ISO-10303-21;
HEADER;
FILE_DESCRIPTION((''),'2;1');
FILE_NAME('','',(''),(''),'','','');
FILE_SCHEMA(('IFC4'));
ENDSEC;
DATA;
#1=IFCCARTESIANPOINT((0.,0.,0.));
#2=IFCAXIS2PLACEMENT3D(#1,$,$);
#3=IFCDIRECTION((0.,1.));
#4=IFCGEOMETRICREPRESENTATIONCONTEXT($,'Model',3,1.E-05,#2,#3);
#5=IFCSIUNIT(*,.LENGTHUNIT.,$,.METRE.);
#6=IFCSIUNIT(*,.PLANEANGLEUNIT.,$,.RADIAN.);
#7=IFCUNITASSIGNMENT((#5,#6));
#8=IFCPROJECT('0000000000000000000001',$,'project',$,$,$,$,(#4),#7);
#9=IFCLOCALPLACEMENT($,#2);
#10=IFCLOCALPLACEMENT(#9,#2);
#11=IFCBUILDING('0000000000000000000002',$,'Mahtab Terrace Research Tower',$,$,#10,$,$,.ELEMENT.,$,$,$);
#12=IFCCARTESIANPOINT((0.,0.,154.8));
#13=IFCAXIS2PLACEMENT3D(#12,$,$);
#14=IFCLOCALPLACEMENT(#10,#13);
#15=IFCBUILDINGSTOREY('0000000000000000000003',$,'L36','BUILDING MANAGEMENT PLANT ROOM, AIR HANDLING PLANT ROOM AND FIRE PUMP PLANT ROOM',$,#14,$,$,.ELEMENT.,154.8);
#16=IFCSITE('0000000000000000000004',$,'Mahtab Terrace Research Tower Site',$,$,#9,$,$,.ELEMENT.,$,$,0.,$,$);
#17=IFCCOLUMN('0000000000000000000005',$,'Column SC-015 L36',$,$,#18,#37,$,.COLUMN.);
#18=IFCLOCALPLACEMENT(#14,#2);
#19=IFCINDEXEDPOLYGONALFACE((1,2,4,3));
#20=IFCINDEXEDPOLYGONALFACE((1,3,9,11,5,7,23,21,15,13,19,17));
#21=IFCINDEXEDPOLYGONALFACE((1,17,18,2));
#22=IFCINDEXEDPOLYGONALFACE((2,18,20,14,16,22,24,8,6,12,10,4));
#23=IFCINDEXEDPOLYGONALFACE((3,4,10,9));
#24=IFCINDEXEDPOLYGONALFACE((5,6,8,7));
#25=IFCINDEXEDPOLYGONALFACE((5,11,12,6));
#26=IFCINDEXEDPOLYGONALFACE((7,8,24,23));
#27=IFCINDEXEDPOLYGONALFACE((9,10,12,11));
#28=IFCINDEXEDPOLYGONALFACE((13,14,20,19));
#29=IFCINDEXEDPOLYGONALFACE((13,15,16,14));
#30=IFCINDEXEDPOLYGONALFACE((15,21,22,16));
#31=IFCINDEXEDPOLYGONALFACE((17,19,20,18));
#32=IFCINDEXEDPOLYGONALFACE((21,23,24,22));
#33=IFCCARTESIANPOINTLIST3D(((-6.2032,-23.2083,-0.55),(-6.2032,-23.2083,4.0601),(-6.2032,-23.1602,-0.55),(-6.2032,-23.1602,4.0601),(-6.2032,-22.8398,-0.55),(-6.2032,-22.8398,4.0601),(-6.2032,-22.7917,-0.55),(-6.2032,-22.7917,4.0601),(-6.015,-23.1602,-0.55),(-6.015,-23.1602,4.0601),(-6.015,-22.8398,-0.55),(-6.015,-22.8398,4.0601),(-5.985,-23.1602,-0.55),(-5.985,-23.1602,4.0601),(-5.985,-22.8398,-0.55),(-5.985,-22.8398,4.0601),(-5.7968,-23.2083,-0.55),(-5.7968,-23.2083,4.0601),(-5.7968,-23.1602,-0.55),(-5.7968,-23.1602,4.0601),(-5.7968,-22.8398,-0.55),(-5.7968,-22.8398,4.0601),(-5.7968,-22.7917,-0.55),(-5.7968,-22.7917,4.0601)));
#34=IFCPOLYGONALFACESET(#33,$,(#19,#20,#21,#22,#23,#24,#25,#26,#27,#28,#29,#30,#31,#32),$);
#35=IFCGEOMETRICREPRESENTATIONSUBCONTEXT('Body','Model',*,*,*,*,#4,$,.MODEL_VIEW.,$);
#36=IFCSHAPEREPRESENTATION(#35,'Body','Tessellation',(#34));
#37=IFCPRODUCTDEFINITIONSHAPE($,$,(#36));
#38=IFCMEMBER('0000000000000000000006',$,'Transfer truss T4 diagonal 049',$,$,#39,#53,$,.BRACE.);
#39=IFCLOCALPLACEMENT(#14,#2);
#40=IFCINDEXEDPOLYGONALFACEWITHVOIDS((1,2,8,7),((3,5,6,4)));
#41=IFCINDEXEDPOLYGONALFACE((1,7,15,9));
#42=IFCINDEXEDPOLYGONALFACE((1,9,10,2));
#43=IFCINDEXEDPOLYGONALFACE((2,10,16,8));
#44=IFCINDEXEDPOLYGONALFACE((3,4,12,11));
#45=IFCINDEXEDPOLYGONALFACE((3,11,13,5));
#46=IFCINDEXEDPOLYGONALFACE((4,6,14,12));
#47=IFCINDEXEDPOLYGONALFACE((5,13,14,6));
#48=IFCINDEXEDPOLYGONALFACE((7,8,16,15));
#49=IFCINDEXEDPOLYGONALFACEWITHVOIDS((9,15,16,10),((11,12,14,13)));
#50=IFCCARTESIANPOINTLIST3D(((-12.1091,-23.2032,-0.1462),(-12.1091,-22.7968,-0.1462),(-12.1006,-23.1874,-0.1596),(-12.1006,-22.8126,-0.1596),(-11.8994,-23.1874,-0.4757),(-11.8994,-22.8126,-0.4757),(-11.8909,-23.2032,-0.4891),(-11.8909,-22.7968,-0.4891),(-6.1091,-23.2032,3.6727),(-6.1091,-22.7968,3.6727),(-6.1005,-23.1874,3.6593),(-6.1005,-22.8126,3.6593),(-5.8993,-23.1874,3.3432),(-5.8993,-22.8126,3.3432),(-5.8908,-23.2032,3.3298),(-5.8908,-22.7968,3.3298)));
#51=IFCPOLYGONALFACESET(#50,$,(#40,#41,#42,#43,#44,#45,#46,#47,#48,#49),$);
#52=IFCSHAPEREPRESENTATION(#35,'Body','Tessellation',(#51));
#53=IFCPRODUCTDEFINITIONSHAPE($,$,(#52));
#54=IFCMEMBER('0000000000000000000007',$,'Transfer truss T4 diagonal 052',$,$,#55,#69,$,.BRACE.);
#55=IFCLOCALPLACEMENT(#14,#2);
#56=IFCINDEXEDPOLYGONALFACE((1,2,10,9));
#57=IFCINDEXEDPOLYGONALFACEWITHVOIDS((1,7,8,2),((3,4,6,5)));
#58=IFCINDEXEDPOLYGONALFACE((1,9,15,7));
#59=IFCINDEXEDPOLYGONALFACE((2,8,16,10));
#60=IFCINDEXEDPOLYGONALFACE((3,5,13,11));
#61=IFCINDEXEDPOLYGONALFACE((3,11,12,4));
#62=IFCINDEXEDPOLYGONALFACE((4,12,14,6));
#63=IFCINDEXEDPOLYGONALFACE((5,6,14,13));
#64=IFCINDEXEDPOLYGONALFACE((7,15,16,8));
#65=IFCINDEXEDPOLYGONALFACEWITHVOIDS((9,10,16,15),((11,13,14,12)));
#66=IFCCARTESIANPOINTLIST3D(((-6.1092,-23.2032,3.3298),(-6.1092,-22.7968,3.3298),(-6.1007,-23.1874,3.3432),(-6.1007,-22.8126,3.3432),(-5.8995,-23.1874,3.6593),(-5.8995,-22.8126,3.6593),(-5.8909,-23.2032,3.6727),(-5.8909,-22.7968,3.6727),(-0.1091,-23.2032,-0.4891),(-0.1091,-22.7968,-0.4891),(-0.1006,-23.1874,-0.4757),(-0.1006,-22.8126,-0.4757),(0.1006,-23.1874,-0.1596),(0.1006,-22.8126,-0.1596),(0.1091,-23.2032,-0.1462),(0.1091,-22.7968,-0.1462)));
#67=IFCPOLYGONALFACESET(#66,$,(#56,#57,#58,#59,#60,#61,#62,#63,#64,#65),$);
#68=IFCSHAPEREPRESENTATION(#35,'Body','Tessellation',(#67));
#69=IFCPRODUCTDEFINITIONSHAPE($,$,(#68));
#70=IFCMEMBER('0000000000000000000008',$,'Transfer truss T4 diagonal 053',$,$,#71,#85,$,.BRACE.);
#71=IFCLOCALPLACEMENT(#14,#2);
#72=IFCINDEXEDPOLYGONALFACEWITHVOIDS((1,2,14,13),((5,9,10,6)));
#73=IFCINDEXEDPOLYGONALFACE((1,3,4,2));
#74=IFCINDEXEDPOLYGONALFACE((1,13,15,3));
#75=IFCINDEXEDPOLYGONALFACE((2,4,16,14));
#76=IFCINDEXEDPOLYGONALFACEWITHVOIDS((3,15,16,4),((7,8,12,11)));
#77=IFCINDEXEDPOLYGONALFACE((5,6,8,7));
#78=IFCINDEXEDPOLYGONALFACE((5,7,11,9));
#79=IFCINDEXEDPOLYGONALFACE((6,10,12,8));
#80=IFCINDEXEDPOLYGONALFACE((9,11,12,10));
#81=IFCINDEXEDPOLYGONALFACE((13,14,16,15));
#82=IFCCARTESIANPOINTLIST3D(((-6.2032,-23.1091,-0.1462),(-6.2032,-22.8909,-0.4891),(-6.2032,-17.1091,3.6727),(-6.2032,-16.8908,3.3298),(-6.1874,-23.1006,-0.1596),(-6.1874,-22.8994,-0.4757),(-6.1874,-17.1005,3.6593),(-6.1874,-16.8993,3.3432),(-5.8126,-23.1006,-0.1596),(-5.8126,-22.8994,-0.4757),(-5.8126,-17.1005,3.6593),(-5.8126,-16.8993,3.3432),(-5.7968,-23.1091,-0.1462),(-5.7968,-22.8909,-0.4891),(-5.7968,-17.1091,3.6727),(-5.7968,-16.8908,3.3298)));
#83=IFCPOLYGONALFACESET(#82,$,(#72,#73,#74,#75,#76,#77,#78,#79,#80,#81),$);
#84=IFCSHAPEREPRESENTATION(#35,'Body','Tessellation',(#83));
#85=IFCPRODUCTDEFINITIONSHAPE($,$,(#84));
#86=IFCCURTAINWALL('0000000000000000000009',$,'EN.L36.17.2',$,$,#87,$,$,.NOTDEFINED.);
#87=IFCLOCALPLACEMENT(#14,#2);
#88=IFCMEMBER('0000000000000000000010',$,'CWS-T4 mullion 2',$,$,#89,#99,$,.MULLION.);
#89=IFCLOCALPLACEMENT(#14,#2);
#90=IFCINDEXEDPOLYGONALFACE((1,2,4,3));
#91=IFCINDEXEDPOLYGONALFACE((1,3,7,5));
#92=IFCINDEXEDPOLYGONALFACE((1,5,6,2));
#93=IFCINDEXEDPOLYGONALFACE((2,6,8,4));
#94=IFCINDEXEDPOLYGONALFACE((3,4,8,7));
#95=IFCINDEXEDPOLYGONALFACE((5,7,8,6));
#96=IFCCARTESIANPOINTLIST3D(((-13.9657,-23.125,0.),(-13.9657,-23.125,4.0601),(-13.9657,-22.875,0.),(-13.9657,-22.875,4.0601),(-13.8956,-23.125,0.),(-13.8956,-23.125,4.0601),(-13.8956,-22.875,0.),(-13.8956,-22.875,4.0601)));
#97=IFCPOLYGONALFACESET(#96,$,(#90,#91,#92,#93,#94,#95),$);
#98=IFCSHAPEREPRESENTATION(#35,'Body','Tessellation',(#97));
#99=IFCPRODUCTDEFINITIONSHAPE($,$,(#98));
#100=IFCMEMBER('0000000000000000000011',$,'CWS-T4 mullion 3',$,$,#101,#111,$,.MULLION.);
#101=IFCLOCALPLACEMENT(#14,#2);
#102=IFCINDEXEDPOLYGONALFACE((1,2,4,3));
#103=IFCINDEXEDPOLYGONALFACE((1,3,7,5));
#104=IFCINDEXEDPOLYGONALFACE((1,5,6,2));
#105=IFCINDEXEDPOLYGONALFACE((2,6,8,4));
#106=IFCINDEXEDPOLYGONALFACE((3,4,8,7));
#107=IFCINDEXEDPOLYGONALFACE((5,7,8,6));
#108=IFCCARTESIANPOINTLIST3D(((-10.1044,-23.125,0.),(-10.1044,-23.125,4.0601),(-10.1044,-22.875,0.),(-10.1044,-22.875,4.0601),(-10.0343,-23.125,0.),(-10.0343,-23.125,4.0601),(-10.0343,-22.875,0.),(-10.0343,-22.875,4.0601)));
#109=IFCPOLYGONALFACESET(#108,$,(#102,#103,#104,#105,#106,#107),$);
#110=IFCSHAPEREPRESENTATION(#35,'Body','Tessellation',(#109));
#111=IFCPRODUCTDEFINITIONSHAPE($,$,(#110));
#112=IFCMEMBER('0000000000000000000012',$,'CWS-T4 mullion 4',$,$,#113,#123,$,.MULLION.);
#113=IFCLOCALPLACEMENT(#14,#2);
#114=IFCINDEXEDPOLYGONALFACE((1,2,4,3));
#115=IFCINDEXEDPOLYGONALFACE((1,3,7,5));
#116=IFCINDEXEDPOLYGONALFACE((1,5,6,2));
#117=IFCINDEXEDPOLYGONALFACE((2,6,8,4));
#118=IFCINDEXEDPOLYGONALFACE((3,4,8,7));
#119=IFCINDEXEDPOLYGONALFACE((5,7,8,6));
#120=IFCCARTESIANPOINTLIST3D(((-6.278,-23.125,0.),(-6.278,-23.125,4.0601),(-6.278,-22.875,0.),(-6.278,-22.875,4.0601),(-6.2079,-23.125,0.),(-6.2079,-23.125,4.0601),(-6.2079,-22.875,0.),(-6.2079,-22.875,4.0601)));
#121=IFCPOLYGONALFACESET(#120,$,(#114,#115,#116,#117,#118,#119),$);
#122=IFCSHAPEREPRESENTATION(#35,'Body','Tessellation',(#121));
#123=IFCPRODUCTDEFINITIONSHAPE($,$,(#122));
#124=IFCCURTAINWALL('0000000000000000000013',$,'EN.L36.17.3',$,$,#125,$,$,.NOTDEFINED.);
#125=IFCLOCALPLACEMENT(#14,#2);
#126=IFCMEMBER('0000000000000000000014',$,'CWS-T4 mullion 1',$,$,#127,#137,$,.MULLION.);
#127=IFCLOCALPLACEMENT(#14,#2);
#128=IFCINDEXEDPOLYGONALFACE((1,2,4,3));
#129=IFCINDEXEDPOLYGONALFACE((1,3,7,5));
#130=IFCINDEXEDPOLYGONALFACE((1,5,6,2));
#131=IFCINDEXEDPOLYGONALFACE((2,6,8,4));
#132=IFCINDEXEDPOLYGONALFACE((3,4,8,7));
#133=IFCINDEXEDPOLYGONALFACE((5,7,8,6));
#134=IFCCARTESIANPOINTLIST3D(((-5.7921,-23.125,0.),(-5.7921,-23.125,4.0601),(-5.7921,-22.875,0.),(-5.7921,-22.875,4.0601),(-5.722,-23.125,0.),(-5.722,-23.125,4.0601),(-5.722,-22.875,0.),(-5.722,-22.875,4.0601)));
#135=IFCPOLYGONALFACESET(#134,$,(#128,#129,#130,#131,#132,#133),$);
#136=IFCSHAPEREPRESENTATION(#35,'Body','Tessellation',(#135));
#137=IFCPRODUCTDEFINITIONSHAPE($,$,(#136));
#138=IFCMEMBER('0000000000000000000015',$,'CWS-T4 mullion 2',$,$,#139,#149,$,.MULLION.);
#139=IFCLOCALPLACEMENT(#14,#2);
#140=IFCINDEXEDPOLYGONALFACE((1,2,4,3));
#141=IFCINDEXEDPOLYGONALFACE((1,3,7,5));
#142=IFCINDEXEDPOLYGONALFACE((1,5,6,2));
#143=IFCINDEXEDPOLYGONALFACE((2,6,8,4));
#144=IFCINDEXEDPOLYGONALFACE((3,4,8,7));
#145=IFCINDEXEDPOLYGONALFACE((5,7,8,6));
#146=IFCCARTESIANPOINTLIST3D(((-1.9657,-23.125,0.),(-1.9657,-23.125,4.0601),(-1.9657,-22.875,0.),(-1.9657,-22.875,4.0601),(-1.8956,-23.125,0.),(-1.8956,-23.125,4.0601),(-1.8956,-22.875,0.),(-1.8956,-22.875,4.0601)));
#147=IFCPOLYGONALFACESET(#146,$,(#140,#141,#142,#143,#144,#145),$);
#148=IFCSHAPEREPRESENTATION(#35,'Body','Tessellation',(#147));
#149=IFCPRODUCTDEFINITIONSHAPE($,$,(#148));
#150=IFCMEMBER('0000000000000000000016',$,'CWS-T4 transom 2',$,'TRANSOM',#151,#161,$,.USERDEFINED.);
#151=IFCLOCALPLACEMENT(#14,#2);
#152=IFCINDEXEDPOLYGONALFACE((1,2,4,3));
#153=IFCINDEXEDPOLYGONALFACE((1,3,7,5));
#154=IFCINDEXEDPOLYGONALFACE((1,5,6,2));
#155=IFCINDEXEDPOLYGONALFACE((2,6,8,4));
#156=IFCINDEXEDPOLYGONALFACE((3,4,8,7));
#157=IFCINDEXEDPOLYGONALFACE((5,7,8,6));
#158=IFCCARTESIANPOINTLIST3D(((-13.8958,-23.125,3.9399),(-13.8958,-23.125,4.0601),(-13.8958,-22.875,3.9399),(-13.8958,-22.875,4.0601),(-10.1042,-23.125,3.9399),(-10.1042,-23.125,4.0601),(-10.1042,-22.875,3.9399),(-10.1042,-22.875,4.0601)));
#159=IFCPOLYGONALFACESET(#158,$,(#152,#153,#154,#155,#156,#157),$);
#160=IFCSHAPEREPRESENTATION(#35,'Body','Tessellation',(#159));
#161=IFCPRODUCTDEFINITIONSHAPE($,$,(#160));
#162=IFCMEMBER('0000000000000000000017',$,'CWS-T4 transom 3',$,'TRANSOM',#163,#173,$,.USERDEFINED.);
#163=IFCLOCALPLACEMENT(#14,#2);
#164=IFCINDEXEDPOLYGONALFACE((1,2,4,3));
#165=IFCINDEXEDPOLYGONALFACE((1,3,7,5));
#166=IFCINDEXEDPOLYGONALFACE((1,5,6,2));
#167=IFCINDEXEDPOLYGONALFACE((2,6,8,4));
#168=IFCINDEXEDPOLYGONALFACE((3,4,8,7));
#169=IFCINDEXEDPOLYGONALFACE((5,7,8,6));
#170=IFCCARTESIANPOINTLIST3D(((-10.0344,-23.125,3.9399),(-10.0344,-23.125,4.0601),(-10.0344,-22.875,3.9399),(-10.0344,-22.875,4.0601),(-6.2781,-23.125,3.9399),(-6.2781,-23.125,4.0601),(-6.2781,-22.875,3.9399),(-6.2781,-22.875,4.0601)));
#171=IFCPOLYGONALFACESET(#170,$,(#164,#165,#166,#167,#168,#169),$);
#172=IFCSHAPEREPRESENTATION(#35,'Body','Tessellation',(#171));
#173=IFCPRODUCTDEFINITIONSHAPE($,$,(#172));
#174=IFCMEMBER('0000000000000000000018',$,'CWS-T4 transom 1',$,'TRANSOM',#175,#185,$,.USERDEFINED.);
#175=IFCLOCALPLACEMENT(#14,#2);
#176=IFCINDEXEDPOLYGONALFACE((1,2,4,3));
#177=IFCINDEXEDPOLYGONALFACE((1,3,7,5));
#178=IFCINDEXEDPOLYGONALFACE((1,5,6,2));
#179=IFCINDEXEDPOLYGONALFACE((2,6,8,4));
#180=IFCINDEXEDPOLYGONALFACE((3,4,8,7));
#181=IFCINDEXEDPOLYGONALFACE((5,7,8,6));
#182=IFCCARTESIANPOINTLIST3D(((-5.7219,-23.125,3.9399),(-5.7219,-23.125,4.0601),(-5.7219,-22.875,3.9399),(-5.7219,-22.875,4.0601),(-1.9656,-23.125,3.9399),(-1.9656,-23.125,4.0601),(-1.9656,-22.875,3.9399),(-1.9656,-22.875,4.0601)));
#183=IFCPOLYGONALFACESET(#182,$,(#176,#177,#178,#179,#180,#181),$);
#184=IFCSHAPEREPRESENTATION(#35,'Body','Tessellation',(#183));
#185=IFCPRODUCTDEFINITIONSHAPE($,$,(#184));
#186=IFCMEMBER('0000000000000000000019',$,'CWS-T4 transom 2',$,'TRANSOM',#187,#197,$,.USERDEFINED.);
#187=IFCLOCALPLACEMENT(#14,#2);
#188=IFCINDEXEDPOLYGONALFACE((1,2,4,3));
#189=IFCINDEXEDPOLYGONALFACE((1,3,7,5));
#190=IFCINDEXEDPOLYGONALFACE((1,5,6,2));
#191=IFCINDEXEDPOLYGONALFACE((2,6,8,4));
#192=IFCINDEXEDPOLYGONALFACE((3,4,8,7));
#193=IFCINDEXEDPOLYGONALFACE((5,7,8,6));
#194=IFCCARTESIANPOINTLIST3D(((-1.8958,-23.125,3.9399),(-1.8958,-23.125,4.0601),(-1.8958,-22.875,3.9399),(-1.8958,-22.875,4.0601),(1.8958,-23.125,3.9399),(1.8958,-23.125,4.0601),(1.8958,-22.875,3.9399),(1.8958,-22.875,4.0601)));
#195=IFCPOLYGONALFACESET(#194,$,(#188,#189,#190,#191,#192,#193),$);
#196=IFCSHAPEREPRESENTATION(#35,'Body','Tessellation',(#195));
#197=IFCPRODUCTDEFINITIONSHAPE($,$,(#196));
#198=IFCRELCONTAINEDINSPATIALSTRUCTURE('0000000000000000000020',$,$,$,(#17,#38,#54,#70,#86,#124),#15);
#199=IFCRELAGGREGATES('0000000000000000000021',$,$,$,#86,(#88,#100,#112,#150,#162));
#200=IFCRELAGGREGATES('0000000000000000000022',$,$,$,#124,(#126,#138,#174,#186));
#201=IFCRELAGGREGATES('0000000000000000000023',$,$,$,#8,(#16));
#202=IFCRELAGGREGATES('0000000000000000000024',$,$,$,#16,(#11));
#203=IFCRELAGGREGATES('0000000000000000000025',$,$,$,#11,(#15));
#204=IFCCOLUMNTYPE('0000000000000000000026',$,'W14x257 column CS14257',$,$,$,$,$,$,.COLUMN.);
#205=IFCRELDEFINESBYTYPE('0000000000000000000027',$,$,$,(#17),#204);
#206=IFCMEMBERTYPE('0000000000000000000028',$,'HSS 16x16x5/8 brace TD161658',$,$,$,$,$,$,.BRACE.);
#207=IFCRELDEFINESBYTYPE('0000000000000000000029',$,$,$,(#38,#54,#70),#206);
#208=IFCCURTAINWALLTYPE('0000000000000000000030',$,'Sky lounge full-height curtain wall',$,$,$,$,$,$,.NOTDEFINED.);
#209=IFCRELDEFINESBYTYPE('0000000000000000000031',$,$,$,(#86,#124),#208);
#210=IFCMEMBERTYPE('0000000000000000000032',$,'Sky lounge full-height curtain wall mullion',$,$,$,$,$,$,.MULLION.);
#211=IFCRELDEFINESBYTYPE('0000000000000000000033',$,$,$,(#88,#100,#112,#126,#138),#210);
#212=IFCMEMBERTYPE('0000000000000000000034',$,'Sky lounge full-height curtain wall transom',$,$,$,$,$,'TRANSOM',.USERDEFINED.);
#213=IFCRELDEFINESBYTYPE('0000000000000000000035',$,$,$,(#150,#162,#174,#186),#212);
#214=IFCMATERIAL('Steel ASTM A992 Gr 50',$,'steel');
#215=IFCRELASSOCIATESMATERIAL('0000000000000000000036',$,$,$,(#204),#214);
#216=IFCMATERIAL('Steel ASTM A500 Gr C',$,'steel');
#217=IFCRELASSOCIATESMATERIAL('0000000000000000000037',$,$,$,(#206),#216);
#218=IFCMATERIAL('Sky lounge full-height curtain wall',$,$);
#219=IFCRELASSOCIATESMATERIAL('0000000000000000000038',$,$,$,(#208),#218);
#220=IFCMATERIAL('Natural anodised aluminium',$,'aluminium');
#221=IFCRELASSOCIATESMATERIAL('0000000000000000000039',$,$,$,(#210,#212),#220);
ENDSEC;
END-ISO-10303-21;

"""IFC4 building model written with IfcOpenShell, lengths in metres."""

from ifc_helpers import new_model, si_unit, direction, frame, origin, origin_2d, place, context, subcontext, project, spatial, rectangle, hollow_rectangle, i_section, extrude, material, material_profile, profile_set, type_object, element, aggregate, save


model = new_model("IFC4")

# Units and contexts
model_context = context("Model", 3, precision=1e-05, world=origin(), true_north=direction((0.0, 1.0)))
body_context = subcontext(model_context, "Body", "Model", "MODEL_VIEW")
ifc_project = project(units=[si_unit("LENGTHUNIT", "METRE"), si_unit("PLANEANGLEUNIT", "RADIAN")], contexts=[model_context])

# Site, building, storey
site_placement = place(None, origin())
site = spatial("IfcSite", under=ifc_project, at=site_placement, Name="Mahtab Terrace Research Tower Site", CompositionType="ELEMENT", RefElevation=0.0)
building_placement = place(site_placement, origin())
building = spatial("IfcBuilding", under=site, at=building_placement, Name="Mahtab Terrace Research Tower", CompositionType="ELEMENT")
storey_placement = place(building_placement, frame((0.0, 0.0, 154.8)))
storey = spatial("IfcBuildingStorey", under=building, at=storey_placement, Name="L36", Description="BUILDING MANAGEMENT PLANT ROOM, AIR HANDLING PLANT ROOM AND FIRE PUMP PLANT ROOM", CompositionType="ELEMENT", Elevation=154.8)

# Column
ifc_material_1 = material(Name="Steel ASTM A992 Gr 50", Category="steel")
ifc_material_profile_1 = material_profile(ifc_material_1, i_section(OverallWidth=0.4065, OverallDepth=0.4165, WebThickness=0.03, FlangeThickness=0.0481, at=origin_2d()), Name="W14X257")
ifc_profile_set_1 = profile_set([ifc_material_profile_1], Name="Steel ASTM A992 Gr 50")
column_type = type_object("IfcColumnType", Name="W14x257 column CS14257", PredefinedType="COLUMN", material=ifc_profile_set_1)
column_placement = place(storey_placement, frame((-6.0, -23.0, -0.55), z_axis=(0.0, 0.0, 1.0), x_axis=(1.0, 0.0, 0.0)))
element("IfcColumn", 1, at=column_placement, inside=storey, type_object=column_type, Name="Column SC-015 L36", PredefinedType="COLUMN", context=body_context, shape_type="SweptSolid", body=[
    extrude(i_section(OverallWidth=0.4065, OverallDepth=0.4165, WebThickness=0.03, FlangeThickness=0.0481, at=origin_2d()), origin(), (0.0, 0.0, 1.0), 4.6101),
])

# Members
ifc_material_2 = material(Name="Steel ASTM A500 Gr C", Category="steel")
ifc_material_profile_2 = material_profile(ifc_material_2, hollow_rectangle(XDim=0.4065, YDim=0.4065, WallThickness=0.0159, at=origin_2d()), Name="HSS16X16X5/8")
ifc_profile_set_2 = profile_set([ifc_material_profile_2], Name="Steel ASTM A500 Gr C")
member_type_1 = type_object("IfcMemberType", Name="HSS 16x16x5/8 brace TD161658", PredefinedType="BRACE", material=ifc_profile_set_2)
for number, where, z_axis, x_axis, name in (
    (2, (-12.0, -23.0, -0.3176), (0.843619, 0.0, 0.536942), (0.0, 1.0, 0.0), "Transfer truss T4 diagonal 049"),
    (3, (0.0, -23.0, -0.3176), (-0.843619, 0.0, 0.536942), (0.0, -1.0, 0.0), "Transfer truss T4 diagonal 052"),
    (4, (-6.0, -23.0, -0.3176), (0.0, 0.843619, 0.536942), (-1.0, 0.0, 0.0), "Transfer truss T4 diagonal 053"),
):
    element("IfcMember", number, at=place(storey_placement, frame(where, z_axis=z_axis, x_axis=x_axis)), inside=storey, type_object=member_type_1, Name=name, PredefinedType="BRACE", context=body_context, shape_type="SweptSolid", body=[
        extrude(hollow_rectangle(XDim=0.4065, YDim=0.4065, WallThickness=0.0159, at=origin_2d()), origin(), (0.0, 0.0, 1.0), 7.1123),
    ])

# Curtain walls, members
ifc_material_3 = material(Name="Sky lounge full-height curtain wall")
curtain_wall_type = type_object("IfcCurtainWallType", Name="Sky lounge full-height curtain wall", PredefinedType="NOTDEFINED", material=ifc_material_3)
curtain_wall_1_placement = place(storey_placement, origin())
curtain_wall_1 = element("IfcCurtainWall", 5, at=curtain_wall_1_placement, inside=storey, type_object=curtain_wall_type, Name="EN.L36.17.2", PredefinedType="NOTDEFINED")
ifc_material_4 = material(Name="Natural anodised aluminium", Category="aluminium")
ifc_material_profile_3 = material_profile(ifc_material_4, rectangle(XDim=0.25, YDim=0.0701, at=origin_2d()), Name="MULLION 70x250")
ifc_profile_set_3 = profile_set([ifc_material_profile_3], Name="Natural anodised aluminium")
member_type_2 = type_object("IfcMemberType", Name="Sky lounge full-height curtain wall mullion", PredefinedType="MULLION", material=ifc_profile_set_3)
member_1_placement = place(storey_placement, frame((-13.9307, -23.0, 0.0), z_axis=(0.0, 0.0, 1.0), x_axis=(0.0, 1.0, 0.0)))
member_1 = element("IfcMember", 6, at=member_1_placement, type_object=member_type_2, Name="CWS-T4 mullion 2", PredefinedType="MULLION", context=body_context, shape_type="SweptSolid", body=[
    extrude(rectangle(XDim=0.25, YDim=0.0701, at=origin_2d()), origin(), (0.0, 0.0, 1.0), 4.0601),
])
member_2_placement = place(storey_placement, frame((-10.0693, -23.0, 0.0), z_axis=(0.0, 0.0, 1.0), x_axis=(0.0, 1.0, 0.0)))
member_2 = element("IfcMember", 7, at=member_2_placement, type_object=member_type_2, Name="CWS-T4 mullion 3", PredefinedType="MULLION", context=body_context, shape_type="SweptSolid", body=[
    extrude(rectangle(XDim=0.25, YDim=0.0701, at=origin_2d()), origin(), (0.0, 0.0, 1.0), 4.0601),
])
member_3_placement = place(storey_placement, frame((-6.2429, -23.0, 0.0), z_axis=(0.0, 0.0, 1.0), x_axis=(0.0, 1.0, 0.0)))
member_3 = element("IfcMember", 8, at=member_3_placement, type_object=member_type_2, Name="CWS-T4 mullion 4", PredefinedType="MULLION", context=body_context, shape_type="SweptSolid", body=[
    extrude(rectangle(XDim=0.25, YDim=0.0701, at=origin_2d()), origin(), (0.0, 0.0, 1.0), 4.0601),
])
curtain_wall_2_placement = place(storey_placement, origin())
curtain_wall_2 = element("IfcCurtainWall", 9, at=curtain_wall_2_placement, inside=storey, type_object=curtain_wall_type, Name="EN.L36.17.3", PredefinedType="NOTDEFINED")
member_4_placement = place(storey_placement, frame((-5.7571, -23.0, 0.0), z_axis=(0.0, 0.0, 1.0), x_axis=(0.0, 1.0, 0.0)))
member_4 = element("IfcMember", 10, at=member_4_placement, type_object=member_type_2, Name="CWS-T4 mullion 1", PredefinedType="MULLION", context=body_context, shape_type="SweptSolid", body=[
    extrude(rectangle(XDim=0.25, YDim=0.0701, at=origin_2d()), origin(), (0.0, 0.0, 1.0), 4.0601),
])
member_5_placement = place(storey_placement, frame((-1.9307, -23.0, 0.0), z_axis=(0.0, 0.0, 1.0), x_axis=(0.0, 1.0, 0.0)))
member_5 = element("IfcMember", 11, at=member_5_placement, type_object=member_type_2, Name="CWS-T4 mullion 2", PredefinedType="MULLION", context=body_context, shape_type="SweptSolid", body=[
    extrude(rectangle(XDim=0.25, YDim=0.0701, at=origin_2d()), origin(), (0.0, 0.0, 1.0), 4.0601),
])

# Members
ifc_material_profile_4 = material_profile(ifc_material_4, rectangle(XDim=0.25, YDim=0.1201, at=origin_2d()), Name="TRANSOM 120x250")
ifc_profile_set_4 = profile_set([ifc_material_profile_4], Name="Natural anodised aluminium")
member_type_3 = type_object("IfcMemberType", Name="Sky lounge full-height curtain wall transom", ElementType="TRANSOM", PredefinedType="USERDEFINED", material=ifc_profile_set_4)
member_6_placement = place(storey_placement, frame((-13.8958, -23.0, 4.0), z_axis=(1.0, 0.0, 0.0), x_axis=(0.0, 1.0, 0.0)))
member_6 = element("IfcMember", 12, at=member_6_placement, type_object=member_type_3, Name="CWS-T4 transom 2", ObjectType="TRANSOM", PredefinedType="USERDEFINED", context=body_context, shape_type="SweptSolid", body=[
    extrude(rectangle(XDim=0.25, YDim=0.1201, at=origin_2d()), origin(), (0.0, 0.0, 1.0), 3.7915),
])
member_7_placement = place(storey_placement, frame((-10.0344, -23.0, 4.0), z_axis=(1.0, 0.0, 0.0), x_axis=(0.0, 1.0, 0.0)))
member_7 = element("IfcMember", 13, at=member_7_placement, type_object=member_type_3, Name="CWS-T4 transom 3", ObjectType="TRANSOM", PredefinedType="USERDEFINED", context=body_context, shape_type="SweptSolid", body=[
    extrude(rectangle(XDim=0.25, YDim=0.1201, at=origin_2d()), origin(), (0.0, 0.0, 1.0), 3.7563),
])
member_8_placement = place(storey_placement, frame((-5.7219, -23.0, 4.0), z_axis=(1.0, 0.0, 0.0), x_axis=(0.0, 1.0, 0.0)))
member_8 = element("IfcMember", 14, at=member_8_placement, type_object=member_type_3, Name="CWS-T4 transom 1", ObjectType="TRANSOM", PredefinedType="USERDEFINED", context=body_context, shape_type="SweptSolid", body=[
    extrude(rectangle(XDim=0.25, YDim=0.1201, at=origin_2d()), origin(), (0.0, 0.0, 1.0), 3.7563),
])
member_9_placement = place(storey_placement, frame((-1.8958, -23.0, 4.0), z_axis=(1.0, 0.0, 0.0), x_axis=(0.0, 1.0, 0.0)))
member_9 = element("IfcMember", 15, at=member_9_placement, type_object=member_type_3, Name="CWS-T4 transom 2", ObjectType="TRANSOM", PredefinedType="USERDEFINED", context=body_context, shape_type="SweptSolid", body=[
    extrude(rectangle(XDim=0.25, YDim=0.1201, at=origin_2d()), origin(), (0.0, 0.0, 1.0), 3.7915),
])

aggregate(curtain_wall_1, [member_1, member_2, member_3, member_6, member_7])
aggregate(curtain_wall_2, [member_4, member_5, member_8, member_9])

save(model, "model.ifc")
